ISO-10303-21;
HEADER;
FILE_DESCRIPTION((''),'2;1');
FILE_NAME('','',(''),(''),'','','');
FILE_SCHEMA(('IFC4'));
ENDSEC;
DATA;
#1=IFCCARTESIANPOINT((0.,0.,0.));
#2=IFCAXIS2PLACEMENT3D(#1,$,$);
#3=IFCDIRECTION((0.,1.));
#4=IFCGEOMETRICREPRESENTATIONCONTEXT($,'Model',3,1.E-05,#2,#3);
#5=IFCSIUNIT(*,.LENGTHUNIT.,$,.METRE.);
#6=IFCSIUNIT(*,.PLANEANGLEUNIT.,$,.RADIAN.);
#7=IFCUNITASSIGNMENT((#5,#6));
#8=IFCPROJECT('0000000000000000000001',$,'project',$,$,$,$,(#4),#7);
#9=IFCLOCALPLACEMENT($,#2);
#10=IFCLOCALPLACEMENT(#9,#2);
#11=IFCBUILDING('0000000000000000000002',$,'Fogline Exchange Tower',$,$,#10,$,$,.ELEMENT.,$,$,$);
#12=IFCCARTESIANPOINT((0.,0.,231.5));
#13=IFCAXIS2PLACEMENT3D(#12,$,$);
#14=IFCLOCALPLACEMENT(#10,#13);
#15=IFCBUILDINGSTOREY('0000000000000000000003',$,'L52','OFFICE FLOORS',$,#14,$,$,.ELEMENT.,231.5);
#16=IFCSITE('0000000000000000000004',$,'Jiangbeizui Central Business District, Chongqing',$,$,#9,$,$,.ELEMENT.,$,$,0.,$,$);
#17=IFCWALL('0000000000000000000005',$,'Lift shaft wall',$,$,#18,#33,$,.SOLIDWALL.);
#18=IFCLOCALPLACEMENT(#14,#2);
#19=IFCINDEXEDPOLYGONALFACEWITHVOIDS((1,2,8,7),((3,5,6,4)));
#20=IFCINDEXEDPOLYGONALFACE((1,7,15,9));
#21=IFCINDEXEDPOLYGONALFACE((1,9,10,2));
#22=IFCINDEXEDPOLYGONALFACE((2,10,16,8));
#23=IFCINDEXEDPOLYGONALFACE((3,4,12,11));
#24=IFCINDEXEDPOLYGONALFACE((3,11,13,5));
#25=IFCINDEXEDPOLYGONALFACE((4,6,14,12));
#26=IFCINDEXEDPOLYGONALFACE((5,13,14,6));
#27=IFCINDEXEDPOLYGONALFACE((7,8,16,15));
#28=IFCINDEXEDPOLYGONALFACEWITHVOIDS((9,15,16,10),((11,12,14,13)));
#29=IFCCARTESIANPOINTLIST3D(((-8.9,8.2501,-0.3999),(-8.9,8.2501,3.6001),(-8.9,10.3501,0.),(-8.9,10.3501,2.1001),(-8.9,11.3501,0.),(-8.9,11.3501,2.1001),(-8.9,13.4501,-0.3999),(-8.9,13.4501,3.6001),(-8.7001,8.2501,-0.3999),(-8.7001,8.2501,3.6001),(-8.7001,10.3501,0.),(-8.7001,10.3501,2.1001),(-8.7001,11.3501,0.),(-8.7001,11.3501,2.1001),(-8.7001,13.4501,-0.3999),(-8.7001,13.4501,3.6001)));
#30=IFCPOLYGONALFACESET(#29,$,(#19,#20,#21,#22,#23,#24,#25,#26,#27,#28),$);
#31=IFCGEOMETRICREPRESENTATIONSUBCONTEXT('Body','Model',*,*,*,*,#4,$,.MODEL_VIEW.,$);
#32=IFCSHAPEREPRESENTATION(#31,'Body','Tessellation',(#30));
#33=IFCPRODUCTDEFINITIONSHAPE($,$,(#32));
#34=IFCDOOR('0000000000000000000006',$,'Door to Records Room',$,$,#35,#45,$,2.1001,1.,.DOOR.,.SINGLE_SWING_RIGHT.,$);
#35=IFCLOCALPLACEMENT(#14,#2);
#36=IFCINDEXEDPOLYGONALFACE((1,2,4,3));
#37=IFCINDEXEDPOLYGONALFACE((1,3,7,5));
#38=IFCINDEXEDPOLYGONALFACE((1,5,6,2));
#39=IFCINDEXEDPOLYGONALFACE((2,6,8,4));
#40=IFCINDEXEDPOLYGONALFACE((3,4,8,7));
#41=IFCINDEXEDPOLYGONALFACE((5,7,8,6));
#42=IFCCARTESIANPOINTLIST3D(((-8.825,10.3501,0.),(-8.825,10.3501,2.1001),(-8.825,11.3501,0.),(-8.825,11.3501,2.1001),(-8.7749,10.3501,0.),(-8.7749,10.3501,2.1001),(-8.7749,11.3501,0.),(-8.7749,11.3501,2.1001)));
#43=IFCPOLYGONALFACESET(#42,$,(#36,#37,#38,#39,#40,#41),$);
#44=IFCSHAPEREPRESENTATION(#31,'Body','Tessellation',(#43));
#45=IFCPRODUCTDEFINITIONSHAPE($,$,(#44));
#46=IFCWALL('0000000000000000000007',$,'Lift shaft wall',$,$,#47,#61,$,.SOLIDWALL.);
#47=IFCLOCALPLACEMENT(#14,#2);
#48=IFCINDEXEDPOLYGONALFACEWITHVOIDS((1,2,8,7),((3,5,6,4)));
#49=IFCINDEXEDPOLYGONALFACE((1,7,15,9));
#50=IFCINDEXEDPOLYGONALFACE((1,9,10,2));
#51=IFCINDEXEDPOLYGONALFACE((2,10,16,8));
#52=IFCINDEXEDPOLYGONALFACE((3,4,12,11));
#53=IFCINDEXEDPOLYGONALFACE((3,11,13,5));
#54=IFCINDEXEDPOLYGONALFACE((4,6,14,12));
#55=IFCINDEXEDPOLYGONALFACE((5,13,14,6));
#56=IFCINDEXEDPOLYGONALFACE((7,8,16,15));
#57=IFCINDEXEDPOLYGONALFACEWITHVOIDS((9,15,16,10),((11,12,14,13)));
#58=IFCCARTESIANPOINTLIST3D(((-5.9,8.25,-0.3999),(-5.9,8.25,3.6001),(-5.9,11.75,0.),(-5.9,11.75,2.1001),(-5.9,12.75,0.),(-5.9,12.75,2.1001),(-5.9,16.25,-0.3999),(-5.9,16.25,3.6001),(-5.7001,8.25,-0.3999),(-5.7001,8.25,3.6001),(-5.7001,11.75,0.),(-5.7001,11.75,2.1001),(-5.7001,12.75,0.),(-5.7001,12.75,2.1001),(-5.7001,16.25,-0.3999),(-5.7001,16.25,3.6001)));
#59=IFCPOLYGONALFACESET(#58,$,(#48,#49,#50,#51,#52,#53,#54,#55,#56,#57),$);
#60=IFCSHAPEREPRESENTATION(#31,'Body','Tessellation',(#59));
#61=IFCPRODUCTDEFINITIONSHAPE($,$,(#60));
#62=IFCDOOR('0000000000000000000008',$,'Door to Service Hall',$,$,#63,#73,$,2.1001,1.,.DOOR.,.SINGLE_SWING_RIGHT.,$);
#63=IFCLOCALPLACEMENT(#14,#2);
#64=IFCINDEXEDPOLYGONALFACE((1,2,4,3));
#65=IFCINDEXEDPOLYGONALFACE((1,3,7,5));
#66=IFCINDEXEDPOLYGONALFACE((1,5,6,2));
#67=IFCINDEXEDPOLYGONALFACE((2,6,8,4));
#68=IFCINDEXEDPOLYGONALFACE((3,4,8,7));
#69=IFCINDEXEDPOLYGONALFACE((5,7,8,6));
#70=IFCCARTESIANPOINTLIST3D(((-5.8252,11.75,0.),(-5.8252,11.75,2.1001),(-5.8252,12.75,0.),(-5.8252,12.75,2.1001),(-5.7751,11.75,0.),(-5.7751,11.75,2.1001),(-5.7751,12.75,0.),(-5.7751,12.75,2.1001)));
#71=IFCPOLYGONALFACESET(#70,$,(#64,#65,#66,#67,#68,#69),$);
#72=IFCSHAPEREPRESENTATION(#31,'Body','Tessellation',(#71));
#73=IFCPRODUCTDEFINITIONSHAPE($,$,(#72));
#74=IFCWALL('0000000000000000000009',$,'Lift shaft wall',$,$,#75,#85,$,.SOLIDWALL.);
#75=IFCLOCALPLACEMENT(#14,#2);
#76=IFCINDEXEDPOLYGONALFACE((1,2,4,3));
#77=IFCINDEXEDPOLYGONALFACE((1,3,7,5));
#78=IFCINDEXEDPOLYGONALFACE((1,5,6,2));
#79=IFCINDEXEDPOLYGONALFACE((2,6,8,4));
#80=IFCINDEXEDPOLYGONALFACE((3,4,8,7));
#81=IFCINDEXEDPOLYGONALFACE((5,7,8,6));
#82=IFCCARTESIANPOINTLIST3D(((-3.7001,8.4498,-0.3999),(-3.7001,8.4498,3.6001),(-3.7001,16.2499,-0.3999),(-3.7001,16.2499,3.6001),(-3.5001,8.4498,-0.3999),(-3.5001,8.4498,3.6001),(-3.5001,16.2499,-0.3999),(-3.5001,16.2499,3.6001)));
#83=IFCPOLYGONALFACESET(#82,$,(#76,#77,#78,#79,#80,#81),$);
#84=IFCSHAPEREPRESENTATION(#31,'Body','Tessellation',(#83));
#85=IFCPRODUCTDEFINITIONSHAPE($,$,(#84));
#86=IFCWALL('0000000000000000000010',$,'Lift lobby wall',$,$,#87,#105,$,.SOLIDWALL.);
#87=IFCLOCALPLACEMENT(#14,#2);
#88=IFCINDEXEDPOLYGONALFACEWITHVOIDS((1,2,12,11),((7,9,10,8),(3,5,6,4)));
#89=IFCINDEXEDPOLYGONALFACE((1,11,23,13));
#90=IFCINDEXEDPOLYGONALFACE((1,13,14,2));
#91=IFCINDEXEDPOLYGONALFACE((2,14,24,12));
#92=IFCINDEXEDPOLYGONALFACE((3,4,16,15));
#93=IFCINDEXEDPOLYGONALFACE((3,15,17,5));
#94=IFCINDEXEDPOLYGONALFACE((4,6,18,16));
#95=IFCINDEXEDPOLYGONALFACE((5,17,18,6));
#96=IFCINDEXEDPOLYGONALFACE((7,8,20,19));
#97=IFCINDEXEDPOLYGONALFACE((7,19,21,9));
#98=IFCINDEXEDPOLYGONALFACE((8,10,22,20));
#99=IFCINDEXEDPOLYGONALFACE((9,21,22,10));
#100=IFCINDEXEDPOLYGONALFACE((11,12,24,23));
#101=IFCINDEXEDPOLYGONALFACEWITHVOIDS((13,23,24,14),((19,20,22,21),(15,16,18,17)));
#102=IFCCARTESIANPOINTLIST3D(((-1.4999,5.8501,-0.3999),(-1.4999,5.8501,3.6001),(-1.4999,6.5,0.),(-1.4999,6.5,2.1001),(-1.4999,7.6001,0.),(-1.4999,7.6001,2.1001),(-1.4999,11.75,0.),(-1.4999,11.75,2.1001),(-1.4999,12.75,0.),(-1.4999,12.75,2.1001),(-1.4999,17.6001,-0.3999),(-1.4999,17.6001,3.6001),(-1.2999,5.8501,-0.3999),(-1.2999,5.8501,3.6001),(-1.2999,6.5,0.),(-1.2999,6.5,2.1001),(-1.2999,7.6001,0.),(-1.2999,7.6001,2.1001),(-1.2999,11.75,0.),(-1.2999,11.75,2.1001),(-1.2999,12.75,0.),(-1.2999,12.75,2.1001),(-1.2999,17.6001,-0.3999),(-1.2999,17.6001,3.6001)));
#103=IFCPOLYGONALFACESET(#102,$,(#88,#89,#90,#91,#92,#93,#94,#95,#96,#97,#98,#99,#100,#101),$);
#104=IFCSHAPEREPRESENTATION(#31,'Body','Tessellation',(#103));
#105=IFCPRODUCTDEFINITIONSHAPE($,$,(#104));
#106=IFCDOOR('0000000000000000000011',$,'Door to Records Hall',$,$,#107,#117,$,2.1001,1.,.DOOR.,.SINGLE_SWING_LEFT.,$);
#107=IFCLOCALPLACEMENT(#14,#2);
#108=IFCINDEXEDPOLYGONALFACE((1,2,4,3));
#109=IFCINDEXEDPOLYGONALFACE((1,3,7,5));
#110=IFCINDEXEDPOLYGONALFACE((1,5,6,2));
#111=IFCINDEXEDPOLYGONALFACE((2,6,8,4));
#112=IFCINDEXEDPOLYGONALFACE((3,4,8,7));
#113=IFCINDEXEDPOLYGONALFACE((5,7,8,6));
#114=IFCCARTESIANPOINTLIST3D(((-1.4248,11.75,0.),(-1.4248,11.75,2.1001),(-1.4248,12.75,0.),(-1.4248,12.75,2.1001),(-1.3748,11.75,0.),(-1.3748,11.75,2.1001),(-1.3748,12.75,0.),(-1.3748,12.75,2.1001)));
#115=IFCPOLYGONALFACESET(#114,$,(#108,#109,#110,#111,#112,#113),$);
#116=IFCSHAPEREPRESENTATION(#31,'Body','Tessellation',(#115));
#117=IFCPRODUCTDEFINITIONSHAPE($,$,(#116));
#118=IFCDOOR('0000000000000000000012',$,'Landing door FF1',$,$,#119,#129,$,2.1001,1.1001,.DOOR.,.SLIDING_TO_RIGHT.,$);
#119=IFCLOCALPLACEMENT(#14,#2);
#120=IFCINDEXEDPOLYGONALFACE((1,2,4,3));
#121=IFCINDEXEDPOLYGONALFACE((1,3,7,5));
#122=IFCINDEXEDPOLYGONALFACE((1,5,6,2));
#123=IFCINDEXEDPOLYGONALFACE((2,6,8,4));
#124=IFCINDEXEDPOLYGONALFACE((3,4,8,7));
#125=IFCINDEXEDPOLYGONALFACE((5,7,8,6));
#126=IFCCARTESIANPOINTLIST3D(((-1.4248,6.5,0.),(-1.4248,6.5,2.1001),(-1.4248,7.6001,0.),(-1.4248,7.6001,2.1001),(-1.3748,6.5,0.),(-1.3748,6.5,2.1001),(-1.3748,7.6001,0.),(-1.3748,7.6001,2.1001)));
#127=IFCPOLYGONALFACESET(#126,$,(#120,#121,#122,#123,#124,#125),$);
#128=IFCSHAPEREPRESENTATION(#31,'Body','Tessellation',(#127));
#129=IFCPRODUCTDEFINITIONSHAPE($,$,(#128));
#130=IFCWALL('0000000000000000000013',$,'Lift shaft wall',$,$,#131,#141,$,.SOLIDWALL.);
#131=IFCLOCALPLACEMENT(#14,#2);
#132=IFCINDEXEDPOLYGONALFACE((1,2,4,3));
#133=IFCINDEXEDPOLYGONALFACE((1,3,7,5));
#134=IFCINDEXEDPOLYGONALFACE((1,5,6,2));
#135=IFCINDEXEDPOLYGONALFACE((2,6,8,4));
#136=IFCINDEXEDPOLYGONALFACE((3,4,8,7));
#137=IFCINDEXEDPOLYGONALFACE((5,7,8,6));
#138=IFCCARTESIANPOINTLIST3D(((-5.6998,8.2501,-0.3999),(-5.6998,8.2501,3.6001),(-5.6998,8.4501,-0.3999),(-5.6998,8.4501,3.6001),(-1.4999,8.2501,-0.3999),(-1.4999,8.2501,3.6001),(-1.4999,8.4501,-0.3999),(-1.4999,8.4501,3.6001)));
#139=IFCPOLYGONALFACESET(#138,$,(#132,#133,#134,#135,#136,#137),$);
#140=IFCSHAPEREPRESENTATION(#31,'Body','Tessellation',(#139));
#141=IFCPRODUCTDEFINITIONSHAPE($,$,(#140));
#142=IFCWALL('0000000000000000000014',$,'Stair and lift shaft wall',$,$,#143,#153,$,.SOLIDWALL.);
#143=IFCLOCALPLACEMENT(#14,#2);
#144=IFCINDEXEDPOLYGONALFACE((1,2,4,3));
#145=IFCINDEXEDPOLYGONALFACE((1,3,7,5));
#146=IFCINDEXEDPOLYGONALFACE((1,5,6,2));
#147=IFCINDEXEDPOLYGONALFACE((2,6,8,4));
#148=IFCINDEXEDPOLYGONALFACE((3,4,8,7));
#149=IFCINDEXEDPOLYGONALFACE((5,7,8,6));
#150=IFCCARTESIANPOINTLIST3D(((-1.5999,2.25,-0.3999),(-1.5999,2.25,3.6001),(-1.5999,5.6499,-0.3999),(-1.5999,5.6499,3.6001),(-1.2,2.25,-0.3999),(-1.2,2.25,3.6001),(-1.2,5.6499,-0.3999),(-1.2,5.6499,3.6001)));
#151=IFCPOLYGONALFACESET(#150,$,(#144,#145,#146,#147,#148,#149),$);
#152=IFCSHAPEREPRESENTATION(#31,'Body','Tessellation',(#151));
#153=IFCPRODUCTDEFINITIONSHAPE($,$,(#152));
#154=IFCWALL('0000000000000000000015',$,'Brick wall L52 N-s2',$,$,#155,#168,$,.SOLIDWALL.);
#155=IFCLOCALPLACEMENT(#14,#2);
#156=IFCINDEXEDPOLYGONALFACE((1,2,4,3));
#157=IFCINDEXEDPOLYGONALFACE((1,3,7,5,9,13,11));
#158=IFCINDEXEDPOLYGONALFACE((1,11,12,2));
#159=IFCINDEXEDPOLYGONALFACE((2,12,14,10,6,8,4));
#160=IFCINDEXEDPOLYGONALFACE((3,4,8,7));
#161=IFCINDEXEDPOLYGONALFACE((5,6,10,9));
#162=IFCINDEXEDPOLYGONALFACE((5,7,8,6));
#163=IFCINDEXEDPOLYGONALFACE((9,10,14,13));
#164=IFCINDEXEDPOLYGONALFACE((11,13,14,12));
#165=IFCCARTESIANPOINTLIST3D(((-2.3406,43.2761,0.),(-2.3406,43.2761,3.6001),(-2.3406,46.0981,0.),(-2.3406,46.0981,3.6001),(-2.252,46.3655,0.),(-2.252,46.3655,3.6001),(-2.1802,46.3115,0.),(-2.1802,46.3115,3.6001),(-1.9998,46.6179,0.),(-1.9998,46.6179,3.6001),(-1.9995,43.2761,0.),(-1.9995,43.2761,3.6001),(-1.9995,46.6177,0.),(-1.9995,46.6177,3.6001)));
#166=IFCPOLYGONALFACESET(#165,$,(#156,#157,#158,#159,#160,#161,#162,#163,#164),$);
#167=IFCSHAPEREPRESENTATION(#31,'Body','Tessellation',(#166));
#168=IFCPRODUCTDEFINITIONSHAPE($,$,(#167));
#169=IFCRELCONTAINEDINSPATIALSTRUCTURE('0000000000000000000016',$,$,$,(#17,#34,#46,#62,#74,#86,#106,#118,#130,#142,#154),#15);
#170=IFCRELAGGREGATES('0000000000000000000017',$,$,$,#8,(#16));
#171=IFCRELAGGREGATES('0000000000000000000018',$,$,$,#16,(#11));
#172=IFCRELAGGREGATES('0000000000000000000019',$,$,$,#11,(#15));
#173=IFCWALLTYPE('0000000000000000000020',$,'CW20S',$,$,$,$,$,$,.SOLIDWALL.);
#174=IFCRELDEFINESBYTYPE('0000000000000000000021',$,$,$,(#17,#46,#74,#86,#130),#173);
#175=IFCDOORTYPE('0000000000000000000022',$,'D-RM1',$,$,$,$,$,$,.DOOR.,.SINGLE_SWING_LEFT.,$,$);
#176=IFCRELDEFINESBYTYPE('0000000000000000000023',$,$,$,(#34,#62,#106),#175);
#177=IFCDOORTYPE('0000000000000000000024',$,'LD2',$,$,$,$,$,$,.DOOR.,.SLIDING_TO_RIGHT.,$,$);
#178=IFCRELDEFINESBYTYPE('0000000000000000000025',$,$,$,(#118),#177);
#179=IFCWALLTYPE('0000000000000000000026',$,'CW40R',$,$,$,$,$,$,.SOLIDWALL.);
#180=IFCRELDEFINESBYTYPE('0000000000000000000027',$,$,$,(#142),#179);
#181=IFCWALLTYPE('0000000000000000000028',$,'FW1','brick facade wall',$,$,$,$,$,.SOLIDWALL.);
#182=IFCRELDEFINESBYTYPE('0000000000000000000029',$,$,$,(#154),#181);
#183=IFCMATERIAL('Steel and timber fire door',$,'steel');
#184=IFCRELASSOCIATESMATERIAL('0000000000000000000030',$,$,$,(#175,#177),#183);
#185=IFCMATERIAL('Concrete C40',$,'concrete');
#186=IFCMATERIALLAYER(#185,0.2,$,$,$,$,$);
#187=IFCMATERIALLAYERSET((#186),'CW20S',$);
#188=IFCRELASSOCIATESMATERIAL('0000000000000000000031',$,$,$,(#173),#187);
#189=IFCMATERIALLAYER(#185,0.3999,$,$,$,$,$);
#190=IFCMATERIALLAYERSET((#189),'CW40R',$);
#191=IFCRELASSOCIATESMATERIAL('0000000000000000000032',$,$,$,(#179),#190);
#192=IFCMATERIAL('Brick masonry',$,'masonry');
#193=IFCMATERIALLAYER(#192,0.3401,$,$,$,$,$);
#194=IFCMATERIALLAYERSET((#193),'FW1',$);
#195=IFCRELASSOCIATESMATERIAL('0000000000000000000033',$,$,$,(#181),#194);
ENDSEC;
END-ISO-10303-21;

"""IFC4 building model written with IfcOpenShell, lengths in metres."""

from ifc_helpers import new_model, si_unit, direction, frame, frame_2d, origin, place, context, subcontext, project, spatial, polyline, rectangle, outline, extrude, material, layer, layer_set, type_object, element, fill, save


model = new_model("IFC4")

# Units and contexts
model_context = context("Model", 3, precision=1e-05, world=origin(), true_north=direction((0.0, 1.0)))
body_context = subcontext(model_context, "Body", "Model", "MODEL_VIEW")
ifc_project = project(units=[si_unit("LENGTHUNIT", "METRE"), si_unit("PLANEANGLEUNIT", "RADIAN")], contexts=[model_context])

# Site, building, storey
site_placement = place(None, origin())
site = spatial("IfcSite", under=ifc_project, at=site_placement, Name="Jiangbeizui Central Business District, Chongqing", CompositionType="ELEMENT", RefElevation=0.0)
building_placement = place(site_placement, origin())
building = spatial("IfcBuilding", under=site, at=building_placement, Name="Fogline Exchange Tower", CompositionType="ELEMENT")
storey_placement = place(building_placement, frame((0.0, 0.0, 231.5)))
storey = spatial("IfcBuildingStorey", under=building, at=storey_placement, Name="L52", Description="OFFICE FLOORS", CompositionType="ELEMENT", Elevation=231.5)

# Shared definitions
ifc_material_1 = material(Name="Steel and timber fire door", Category="steel")

# Walls, openings, doors
ifc_material_2 = material(Name="Concrete C40", Category="concrete")
door_type_1 = type_object("IfcDoorType", Name="D-RM1", OperationType="SINGLE_SWING_LEFT", PredefinedType="DOOR", material=ifc_material_1)
ifc_layer_1 = layer(ifc_material_2, 0.2)
ifc_layer_set_1 = layer_set([ifc_layer_1], Name="CW20S")
wall_type_1 = type_object("IfcWallType", Name="CW20S", PredefinedType="SOLIDWALL", material=ifc_layer_set_1)
wall_1_placement = place(storey_placement, frame((-8.8, 8.25, -0.3999), z_axis=(0.0, 0.0, 1.0), x_axis=(0.0, 1.0, 0.0)))
wall_1 = element("IfcWall", 1, at=wall_1_placement, inside=storey, type_object=wall_type_1, Name="Lift shaft wall", PredefinedType="SOLIDWALL", context=body_context, shape_type="SweptSolid", body=[
    extrude(rectangle(XDim=5.2, YDim=0.2, at=frame_2d((2.6001, 0.0))), origin(), (0.0, 0.0, 1.0), 4.0),
])
opening_1_placement = place(wall_1_placement, frame((2.1001, 0.0, 0.3999)))
opening_1 = element("IfcOpeningElement", 2, at=opening_1_placement, cuts=wall_1, PredefinedType="OPENING", context=body_context, shape_type="SweptSolid", body=[
    extrude(rectangle(XDim=1.0, YDim=2.1001, at=frame_2d((0.5, 1.05))), frame((0.0, 0.1099, 0.0), z_axis=(0.0, -1.0, 0.0), x_axis=(1.0, 0.0, 0.0)), (0.0, 0.0, 1.0), 0.22),
])
door_1_placement = place(opening_1_placement, origin())
door_1 = element("IfcDoor", 3, at=door_1_placement, inside=storey, type_object=door_type_1, Name="Door to Records Room", OperationType="SINGLE_SWING_RIGHT", OverallHeight=2.1001, OverallWidth=1.0, PredefinedType="DOOR", context=body_context, shape_type="SweptSolid", body=[
    extrude(rectangle(XDim=1.0, YDim=2.1001, at=frame_2d((0.5, 1.05))), frame((0.0, 0.0249, 0.0), z_axis=(0.0, -1.0, 0.0), x_axis=(1.0, 0.0, 0.0)), (0.0, 0.0, 1.0), 0.05),
])
fill(opening_1, door_1)
wall_2_placement = place(storey_placement, frame((-5.8, 8.25, -0.3999), z_axis=(0.0, 0.0, 1.0), x_axis=(0.0, 1.0, 0.0)))
wall_2 = element("IfcWall", 4, at=wall_2_placement, inside=storey, type_object=wall_type_1, Name="Lift shaft wall", PredefinedType="SOLIDWALL", context=body_context, shape_type="SweptSolid", body=[
    extrude(rectangle(XDim=8.0, YDim=0.2, at=frame_2d((4.0, 0.0))), origin(), (0.0, 0.0, 1.0), 4.0),
])
opening_2_placement = place(wall_2_placement, frame((3.5, 0.0, 0.3999)))
opening_2 = element("IfcOpeningElement", 5, at=opening_2_placement, cuts=wall_2, PredefinedType="OPENING", context=body_context, shape_type="SweptSolid", body=[
    extrude(rectangle(XDim=1.0, YDim=2.1001, at=frame_2d((0.5, 1.05))), frame((0.0, 0.1099, 0.0), z_axis=(0.0, -1.0, 0.0), x_axis=(1.0, 0.0, 0.0)), (0.0, 0.0, 1.0), 0.22),
])
door_2_placement = place(opening_2_placement, frame((1.0, 0.0, 0.0), z_axis=(0.0, 0.0, 1.0), x_axis=(-1.0, 0.0, 0.0)))
door_2 = element("IfcDoor", 6, at=door_2_placement, inside=storey, type_object=door_type_1, Name="Door to Service Hall", OperationType="SINGLE_SWING_RIGHT", OverallHeight=2.1001, OverallWidth=1.0, PredefinedType="DOOR", context=body_context, shape_type="SweptSolid", body=[
    extrude(rectangle(XDim=1.0, YDim=2.1001, at=frame_2d((0.5, 1.05))), frame((0.0, 0.0249, 0.0), z_axis=(0.0, -1.0, 0.0), x_axis=(1.0, 0.0, 0.0)), (0.0, 0.0, 1.0), 0.05),
])
fill(opening_2, door_2)

# Wall
wall_3_placement = place(storey_placement, frame((-3.6001, 8.45, -0.3999), z_axis=(0.0, 0.0, 1.0), x_axis=(0.0, 1.0, 0.0)))
element("IfcWall", 7, at=wall_3_placement, inside=storey, type_object=wall_type_1, Name="Lift shaft wall", PredefinedType="SOLIDWALL", context=body_context, shape_type="SweptSolid", body=[
    extrude(rectangle(XDim=7.8, YDim=0.2, at=frame_2d((3.8999, 0.0))), origin(), (0.0, 0.0, 1.0), 4.0),
])

# Wall, openings, doors
wall_4_placement = place(storey_placement, frame((-1.3999, 5.8501, -0.3999), z_axis=(0.0, 0.0, 1.0), x_axis=(0.0, 1.0, 0.0)))
wall_4 = element("IfcWall", 8, at=wall_4_placement, inside=storey, type_object=wall_type_1, Name="Lift lobby wall", PredefinedType="SOLIDWALL", context=body_context, shape_type="SweptSolid", body=[
    extrude(rectangle(XDim=11.75, YDim=0.2, at=frame_2d((5.875, 0.0))), origin(), (0.0, 0.0, 1.0), 4.0),
])
opening_3_placement = place(wall_4_placement, frame((0.6499, 0.0, 0.3999)))
opening_3 = element("IfcOpeningElement", 9, at=opening_3_placement, cuts=wall_4, PredefinedType="OPENING", context=body_context, shape_type="SweptSolid", body=[
    extrude(rectangle(XDim=1.1001, YDim=2.1001, at=frame_2d((0.55, 1.05))), frame((0.0, 0.1099, 0.0), z_axis=(0.0, -1.0, 0.0), x_axis=(1.0, 0.0, 0.0)), (0.0, 0.0, 1.0), 0.22),
])
opening_4_placement = place(wall_4_placement, frame((5.8999, 0.0, 0.3999)))
opening_4 = element("IfcOpeningElement", 10, at=opening_4_placement, cuts=wall_4, PredefinedType="OPENING", context=body_context, shape_type="SweptSolid", body=[
    extrude(rectangle(XDim=1.0, YDim=2.1001, at=frame_2d((0.5, 1.05))), frame((0.0, 0.1099, 0.0), z_axis=(0.0, -1.0, 0.0), x_axis=(1.0, 0.0, 0.0)), (0.0, 0.0, 1.0), 0.22),
])
door_3_placement = place(opening_4_placement, origin())
door_3 = element("IfcDoor", 11, at=door_3_placement, inside=storey, type_object=door_type_1, Name="Door to Records Hall", OperationType="SINGLE_SWING_LEFT", OverallHeight=2.1001, OverallWidth=1.0, PredefinedType="DOOR", context=body_context, shape_type="SweptSolid", body=[
    extrude(rectangle(XDim=1.0, YDim=2.1001, at=frame_2d((0.5, 1.05))), frame((0.0, 0.0249, 0.0), z_axis=(0.0, -1.0, 0.0), x_axis=(1.0, 0.0, 0.0)), (0.0, 0.0, 1.0), 0.05),
])
fill(opening_4, door_3)
door_type_2 = type_object("IfcDoorType", Name="LD2", OperationType="SLIDING_TO_RIGHT", PredefinedType="DOOR", material=ifc_material_1)
door_4_placement = place(opening_3_placement, origin())
door_4 = element("IfcDoor", 12, at=door_4_placement, inside=storey, type_object=door_type_2, Name="Landing door FF1", OperationType="SLIDING_TO_RIGHT", OverallHeight=2.1001, OverallWidth=1.1001, PredefinedType="DOOR", context=body_context, shape_type="SweptSolid", body=[
    extrude(rectangle(XDim=1.1001, YDim=2.1001, at=frame_2d((0.55, 1.05))), frame((0.0, 0.0249, 0.0), z_axis=(0.0, -1.0, 0.0), x_axis=(1.0, 0.0, 0.0)), (0.0, 0.0, 1.0), 0.05),
])
fill(opening_3, door_4)

# Walls
wall_5_placement = place(storey_placement, frame((-5.7, 8.3501, -0.3999), z_axis=(0.0, 0.0, 1.0), x_axis=(1.0, 0.0, 0.0)))
element("IfcWall", 13, at=wall_5_placement, inside=storey, type_object=wall_type_1, Name="Lift shaft wall", PredefinedType="SOLIDWALL", context=body_context, shape_type="SweptSolid", body=[
    extrude(rectangle(XDim=4.2, YDim=0.2, at=frame_2d((2.1001, 0.0))), origin(), (0.0, 0.0, 1.0), 4.0),
])
ifc_layer_2 = layer(ifc_material_2, 0.3999)
ifc_layer_set_2 = layer_set([ifc_layer_2], Name="CW40R")
wall_type_2 = type_object("IfcWallType", Name="CW40R", PredefinedType="SOLIDWALL", material=ifc_layer_set_2)
wall_6_placement = place(storey_placement, frame((-1.3999, 2.25, -0.3999), z_axis=(0.0, 0.0, 1.0), x_axis=(0.0, 1.0, 0.0)))
element("IfcWall", 14, at=wall_6_placement, inside=storey, type_object=wall_type_2, Name="Stair and lift shaft wall", PredefinedType="SOLIDWALL", context=body_context, shape_type="SweptSolid", body=[
    extrude(rectangle(XDim=3.3999, YDim=0.3999, at=frame_2d((1.7, 0.0))), origin(), (0.0, 0.0, 1.0), 4.0),
])
ifc_material_3 = material(Name="Brick masonry", Category="masonry")
ifc_layer_3 = layer(ifc_material_3, 0.3401)
ifc_layer_set_3 = layer_set([ifc_layer_3], Name="FW1")
wall_type_3 = type_object("IfcWallType", Name="FW1", Description="brick facade wall", PredefinedType="SOLIDWALL", material=ifc_layer_set_3)
wall_7_placement = place(storey_placement, origin())
element("IfcWall", 15, at=wall_7_placement, inside=storey, type_object=wall_type_3, Name="Brick wall L52 N-s2", PredefinedType="SOLIDWALL", context=body_context, shape_type="SweptSolid", body=[
    extrude(outline(polyline([(-1.9995, 43.2761), (-2.3406, 43.2761), (-2.3406, 46.0981), (-2.1802, 46.3115), (-2.252, 46.3655), (-1.9998, 46.6179), (-1.9995, 46.6177), (-1.9995, 43.2761)])), origin(), (0.0, 0.0, 1.0), 3.6001),
])

save(model, "model.ifc")
